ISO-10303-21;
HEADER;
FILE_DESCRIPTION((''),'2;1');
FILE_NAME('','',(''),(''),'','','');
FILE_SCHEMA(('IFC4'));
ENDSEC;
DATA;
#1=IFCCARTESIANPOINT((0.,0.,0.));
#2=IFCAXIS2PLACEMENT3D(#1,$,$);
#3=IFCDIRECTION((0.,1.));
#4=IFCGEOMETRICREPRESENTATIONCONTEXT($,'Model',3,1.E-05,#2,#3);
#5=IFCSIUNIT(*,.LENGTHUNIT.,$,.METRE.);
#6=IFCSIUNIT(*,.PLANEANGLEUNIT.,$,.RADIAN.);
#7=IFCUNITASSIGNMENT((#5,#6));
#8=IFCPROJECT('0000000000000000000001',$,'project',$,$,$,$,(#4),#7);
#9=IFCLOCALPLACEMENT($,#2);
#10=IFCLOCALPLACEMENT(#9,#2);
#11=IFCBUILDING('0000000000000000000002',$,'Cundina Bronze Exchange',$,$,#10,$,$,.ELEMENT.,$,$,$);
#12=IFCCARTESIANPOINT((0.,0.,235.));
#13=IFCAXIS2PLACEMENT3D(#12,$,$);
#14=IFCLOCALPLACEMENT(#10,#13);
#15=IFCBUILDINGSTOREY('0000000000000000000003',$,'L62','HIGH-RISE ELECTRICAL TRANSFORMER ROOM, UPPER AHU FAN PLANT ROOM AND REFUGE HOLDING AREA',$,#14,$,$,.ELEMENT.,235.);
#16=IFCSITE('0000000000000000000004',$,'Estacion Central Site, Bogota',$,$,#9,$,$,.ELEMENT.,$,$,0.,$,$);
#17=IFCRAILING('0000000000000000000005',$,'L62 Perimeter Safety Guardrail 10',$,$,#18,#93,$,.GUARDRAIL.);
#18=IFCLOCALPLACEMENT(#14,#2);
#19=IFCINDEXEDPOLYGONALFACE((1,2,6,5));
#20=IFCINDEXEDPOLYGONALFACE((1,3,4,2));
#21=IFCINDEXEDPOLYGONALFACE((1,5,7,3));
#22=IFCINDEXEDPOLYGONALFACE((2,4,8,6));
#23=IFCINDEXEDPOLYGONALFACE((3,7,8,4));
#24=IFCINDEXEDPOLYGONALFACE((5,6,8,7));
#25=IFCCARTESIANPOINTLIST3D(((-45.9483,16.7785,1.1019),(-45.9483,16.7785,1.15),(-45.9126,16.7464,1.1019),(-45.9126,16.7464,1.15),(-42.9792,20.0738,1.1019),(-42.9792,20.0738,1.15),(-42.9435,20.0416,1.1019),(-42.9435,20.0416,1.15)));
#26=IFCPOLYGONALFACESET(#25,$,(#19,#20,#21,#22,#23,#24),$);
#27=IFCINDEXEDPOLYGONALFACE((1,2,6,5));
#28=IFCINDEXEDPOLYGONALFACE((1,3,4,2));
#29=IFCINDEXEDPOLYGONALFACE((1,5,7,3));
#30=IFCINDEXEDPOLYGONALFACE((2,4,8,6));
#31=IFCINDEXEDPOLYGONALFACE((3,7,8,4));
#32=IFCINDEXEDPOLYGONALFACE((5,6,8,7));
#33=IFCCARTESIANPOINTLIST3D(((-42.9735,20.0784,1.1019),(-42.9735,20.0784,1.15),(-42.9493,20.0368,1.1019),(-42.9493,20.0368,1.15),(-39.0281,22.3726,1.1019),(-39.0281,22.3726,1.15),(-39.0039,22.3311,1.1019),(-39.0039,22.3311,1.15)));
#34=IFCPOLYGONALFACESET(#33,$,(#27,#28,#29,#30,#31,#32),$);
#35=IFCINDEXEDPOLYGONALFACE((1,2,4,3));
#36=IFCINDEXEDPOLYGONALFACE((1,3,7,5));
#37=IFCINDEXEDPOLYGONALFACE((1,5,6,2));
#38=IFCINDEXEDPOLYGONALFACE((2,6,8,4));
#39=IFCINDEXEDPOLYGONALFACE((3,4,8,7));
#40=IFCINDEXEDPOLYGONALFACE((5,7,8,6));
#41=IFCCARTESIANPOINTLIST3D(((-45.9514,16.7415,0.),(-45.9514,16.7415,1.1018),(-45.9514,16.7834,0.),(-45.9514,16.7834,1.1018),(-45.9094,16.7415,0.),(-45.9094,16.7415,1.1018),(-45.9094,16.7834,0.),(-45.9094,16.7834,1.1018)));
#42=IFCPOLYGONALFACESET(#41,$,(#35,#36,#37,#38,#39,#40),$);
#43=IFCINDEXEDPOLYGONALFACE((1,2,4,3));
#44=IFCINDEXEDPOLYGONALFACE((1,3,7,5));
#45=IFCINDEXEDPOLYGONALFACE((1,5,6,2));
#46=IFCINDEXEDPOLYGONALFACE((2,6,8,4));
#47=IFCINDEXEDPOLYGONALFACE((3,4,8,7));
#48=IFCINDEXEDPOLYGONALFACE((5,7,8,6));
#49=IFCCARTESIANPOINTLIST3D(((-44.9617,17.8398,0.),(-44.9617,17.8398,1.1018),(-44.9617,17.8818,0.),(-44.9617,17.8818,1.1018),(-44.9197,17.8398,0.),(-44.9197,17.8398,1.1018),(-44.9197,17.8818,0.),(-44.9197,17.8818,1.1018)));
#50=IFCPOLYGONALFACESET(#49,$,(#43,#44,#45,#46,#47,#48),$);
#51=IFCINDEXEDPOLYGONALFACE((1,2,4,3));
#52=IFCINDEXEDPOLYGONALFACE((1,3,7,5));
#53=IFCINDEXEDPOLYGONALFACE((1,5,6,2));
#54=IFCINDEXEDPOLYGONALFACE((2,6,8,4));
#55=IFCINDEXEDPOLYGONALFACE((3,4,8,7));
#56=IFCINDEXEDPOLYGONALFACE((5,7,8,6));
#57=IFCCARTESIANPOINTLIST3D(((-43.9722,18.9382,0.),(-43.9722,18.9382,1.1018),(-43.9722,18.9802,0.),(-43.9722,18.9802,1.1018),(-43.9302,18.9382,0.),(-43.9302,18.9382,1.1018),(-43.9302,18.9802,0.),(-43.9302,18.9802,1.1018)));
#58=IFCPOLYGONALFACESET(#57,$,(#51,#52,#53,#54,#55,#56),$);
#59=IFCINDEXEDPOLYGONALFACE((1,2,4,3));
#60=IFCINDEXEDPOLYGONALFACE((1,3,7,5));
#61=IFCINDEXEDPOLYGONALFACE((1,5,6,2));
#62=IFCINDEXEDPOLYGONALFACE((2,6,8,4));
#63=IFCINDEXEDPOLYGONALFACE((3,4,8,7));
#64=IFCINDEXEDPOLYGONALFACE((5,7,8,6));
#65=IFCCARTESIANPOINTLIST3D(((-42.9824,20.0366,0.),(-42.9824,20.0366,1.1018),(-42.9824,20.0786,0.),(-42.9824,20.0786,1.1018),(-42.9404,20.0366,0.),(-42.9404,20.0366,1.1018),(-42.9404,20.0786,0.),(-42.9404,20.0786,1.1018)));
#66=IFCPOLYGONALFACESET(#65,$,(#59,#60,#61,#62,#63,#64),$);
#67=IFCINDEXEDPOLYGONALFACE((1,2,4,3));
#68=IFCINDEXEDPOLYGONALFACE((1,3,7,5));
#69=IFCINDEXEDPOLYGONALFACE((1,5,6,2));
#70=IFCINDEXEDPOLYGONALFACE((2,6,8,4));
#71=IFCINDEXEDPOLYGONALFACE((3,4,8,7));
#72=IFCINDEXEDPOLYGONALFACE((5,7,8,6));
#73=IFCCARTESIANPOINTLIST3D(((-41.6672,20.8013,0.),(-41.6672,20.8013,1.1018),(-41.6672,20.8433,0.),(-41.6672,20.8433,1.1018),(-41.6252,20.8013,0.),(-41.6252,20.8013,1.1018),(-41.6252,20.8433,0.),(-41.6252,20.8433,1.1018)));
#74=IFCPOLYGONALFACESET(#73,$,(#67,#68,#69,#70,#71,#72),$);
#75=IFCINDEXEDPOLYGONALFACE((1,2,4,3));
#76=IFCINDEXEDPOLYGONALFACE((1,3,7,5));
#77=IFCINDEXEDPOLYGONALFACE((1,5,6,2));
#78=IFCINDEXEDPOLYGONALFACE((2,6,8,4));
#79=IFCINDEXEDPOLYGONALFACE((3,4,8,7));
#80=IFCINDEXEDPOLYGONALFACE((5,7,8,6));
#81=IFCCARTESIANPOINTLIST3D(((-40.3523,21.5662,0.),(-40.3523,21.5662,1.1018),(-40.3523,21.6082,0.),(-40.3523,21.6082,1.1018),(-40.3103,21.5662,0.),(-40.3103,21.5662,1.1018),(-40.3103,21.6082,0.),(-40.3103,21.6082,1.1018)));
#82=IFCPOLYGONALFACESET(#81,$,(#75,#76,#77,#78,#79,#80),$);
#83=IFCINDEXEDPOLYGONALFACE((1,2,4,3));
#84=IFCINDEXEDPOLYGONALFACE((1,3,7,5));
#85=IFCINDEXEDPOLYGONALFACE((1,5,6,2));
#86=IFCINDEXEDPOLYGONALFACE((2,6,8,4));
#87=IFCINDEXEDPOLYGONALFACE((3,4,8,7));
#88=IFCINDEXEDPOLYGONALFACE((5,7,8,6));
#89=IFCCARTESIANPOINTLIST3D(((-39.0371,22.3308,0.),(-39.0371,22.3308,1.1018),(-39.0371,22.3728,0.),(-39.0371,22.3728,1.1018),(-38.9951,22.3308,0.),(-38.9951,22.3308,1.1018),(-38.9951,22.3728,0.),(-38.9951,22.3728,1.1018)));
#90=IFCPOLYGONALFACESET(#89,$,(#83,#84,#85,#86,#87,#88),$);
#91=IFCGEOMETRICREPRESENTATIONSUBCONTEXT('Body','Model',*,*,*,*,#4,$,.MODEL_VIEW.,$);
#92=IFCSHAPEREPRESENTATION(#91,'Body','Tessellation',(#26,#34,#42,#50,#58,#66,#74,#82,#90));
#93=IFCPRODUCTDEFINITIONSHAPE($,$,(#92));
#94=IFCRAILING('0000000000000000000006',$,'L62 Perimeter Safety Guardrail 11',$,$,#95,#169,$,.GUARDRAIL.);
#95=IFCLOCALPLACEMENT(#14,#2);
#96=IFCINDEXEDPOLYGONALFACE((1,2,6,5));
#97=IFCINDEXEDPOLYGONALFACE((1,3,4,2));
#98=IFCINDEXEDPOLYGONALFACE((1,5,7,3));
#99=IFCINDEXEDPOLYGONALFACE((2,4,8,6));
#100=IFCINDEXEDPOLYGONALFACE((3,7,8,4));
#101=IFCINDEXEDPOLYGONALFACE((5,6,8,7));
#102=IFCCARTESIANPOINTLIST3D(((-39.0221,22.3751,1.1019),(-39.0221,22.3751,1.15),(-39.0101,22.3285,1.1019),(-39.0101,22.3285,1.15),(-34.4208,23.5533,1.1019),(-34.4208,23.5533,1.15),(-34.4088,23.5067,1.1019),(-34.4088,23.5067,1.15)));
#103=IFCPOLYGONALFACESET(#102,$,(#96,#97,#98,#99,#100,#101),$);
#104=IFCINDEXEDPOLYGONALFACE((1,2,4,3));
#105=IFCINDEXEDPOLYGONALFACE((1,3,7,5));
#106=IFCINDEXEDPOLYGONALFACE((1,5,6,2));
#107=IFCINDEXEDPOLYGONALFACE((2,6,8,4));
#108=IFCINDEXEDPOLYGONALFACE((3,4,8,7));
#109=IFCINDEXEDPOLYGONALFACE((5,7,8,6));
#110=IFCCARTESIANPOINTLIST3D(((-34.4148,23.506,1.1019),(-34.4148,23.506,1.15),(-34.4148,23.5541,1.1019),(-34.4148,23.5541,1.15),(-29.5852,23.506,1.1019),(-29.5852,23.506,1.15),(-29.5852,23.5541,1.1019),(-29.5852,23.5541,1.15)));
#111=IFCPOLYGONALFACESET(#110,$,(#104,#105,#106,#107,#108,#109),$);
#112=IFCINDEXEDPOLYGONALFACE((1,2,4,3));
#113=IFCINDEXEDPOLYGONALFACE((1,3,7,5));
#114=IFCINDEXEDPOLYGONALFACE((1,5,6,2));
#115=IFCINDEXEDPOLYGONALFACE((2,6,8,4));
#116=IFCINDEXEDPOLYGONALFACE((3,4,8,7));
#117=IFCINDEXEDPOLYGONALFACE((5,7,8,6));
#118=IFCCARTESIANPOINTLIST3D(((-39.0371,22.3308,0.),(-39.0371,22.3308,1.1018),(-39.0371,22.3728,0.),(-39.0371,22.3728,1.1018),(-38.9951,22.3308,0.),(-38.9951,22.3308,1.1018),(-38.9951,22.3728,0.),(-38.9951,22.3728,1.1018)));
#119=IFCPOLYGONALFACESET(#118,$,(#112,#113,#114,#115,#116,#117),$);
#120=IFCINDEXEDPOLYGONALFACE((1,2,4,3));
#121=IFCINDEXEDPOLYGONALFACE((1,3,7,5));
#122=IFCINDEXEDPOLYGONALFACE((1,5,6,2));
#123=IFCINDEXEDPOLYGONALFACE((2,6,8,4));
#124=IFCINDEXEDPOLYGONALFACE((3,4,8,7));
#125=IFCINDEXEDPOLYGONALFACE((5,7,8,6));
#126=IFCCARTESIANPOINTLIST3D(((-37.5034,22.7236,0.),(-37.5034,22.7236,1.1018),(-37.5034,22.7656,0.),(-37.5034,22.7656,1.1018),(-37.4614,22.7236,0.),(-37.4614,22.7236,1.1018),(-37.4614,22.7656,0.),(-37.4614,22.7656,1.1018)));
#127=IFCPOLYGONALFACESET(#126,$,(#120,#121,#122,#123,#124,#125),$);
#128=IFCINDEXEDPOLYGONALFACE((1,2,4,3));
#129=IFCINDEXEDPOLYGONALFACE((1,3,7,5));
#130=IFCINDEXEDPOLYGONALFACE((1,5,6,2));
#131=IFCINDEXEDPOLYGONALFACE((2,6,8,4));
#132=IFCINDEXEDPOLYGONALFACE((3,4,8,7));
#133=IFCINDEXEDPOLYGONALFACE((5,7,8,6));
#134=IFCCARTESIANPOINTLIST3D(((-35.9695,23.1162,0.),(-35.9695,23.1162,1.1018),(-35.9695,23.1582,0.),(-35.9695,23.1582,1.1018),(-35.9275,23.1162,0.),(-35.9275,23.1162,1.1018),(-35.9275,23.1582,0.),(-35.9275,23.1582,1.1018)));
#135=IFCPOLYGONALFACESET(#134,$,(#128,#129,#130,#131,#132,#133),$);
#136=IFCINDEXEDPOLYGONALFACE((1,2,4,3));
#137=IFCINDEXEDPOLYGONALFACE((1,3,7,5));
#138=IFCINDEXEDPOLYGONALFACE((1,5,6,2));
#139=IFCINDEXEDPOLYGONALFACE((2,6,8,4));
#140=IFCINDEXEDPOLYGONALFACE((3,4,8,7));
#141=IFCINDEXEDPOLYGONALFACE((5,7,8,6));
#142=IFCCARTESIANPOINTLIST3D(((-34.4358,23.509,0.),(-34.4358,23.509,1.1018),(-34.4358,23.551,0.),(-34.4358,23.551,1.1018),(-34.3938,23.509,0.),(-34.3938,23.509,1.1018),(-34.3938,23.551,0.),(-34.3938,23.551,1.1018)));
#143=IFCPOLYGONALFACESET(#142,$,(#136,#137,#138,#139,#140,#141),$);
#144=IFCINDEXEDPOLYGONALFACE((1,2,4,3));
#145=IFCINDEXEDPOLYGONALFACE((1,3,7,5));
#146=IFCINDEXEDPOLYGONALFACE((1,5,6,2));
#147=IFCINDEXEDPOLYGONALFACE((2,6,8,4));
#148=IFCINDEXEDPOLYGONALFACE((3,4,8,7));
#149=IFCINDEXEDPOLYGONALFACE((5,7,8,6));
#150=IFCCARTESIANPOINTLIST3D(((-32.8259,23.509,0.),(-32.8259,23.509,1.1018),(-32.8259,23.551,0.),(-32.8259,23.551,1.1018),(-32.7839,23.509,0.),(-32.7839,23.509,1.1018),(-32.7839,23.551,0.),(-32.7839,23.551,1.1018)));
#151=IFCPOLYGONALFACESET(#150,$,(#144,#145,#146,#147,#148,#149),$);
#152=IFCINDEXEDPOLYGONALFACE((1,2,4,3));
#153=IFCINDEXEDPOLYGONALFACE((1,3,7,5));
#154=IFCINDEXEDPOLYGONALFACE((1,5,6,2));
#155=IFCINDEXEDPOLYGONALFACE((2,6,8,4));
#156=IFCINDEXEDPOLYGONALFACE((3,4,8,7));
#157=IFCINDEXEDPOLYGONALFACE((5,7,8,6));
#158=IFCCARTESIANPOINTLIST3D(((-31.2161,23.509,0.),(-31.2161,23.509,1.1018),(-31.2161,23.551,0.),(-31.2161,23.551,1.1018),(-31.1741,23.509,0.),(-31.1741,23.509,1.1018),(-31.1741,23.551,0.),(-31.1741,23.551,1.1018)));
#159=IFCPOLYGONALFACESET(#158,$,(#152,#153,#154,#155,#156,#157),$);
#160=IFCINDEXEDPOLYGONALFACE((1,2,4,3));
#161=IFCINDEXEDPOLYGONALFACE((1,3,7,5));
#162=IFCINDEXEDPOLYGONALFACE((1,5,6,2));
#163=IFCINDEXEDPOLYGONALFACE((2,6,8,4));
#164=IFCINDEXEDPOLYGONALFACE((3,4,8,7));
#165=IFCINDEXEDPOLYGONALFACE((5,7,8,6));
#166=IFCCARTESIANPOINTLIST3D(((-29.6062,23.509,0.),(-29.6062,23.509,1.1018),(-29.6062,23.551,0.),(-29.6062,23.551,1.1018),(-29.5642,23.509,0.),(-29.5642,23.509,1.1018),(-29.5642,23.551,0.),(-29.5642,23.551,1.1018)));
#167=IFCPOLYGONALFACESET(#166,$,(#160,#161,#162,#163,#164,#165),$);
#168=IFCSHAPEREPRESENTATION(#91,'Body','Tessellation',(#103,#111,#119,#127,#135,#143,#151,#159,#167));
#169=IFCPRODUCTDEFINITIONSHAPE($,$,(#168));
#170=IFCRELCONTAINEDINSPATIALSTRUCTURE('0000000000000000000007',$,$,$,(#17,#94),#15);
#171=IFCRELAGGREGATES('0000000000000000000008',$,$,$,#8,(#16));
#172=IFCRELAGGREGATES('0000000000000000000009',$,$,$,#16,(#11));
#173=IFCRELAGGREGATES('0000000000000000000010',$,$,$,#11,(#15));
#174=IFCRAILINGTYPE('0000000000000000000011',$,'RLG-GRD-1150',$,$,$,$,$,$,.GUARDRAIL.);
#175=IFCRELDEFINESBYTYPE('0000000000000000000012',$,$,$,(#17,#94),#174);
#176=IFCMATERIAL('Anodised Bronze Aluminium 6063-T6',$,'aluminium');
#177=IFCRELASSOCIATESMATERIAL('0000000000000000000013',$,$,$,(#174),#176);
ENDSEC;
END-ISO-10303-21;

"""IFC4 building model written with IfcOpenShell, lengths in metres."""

from ifc_helpers import new_model, si_unit, direction, frame, origin, origin_2d, place, context, subcontext, project, spatial, rectangle, extrude, material, type_object, element, save


model = new_model("IFC4")

# Units and contexts
model_context = context("Model", 3, precision=1e-05, world=origin(), true_north=direction((0.0, 1.0)))
body_context = subcontext(model_context, "Body", "Model", "MODEL_VIEW")
ifc_project = project(units=[si_unit("LENGTHUNIT", "METRE"), si_unit("PLANEANGLEUNIT", "RADIAN")], contexts=[model_context])

# Site, building, storey
site_placement = place(None, origin())
site = spatial("IfcSite", under=ifc_project, at=site_placement, Name="Estacion Central Site, Bogota", CompositionType="ELEMENT", RefElevation=0.0)
building_placement = place(site_placement, origin())
building = spatial("IfcBuilding", under=site, at=building_placement, Name="Cundina Bronze Exchange", CompositionType="ELEMENT")
storey_placement = place(building_placement, frame((0.0, 0.0, 235.0)))
storey = spatial("IfcBuildingStorey", under=building, at=storey_placement, Name="L62", Description="HIGH-RISE ELECTRICAL TRANSFORMER ROOM, UPPER AHU FAN PLANT ROOM AND REFUGE HOLDING AREA", CompositionType="ELEMENT", Elevation=235.0)

# Railings
ifc_material_1 = material(Name="Anodised Bronze Aluminium 6063-T6", Category="aluminium")
railing_type = type_object("IfcRailingType", Name="RLG-GRD-1150", PredefinedType="GUARDRAIL", material=ifc_material_1)
railing_1_placement = place(storey_placement, frame((-45.9304, 16.7625, 0.0)))
element("IfcRailing", 1, at=railing_1_placement, inside=storey, type_object=railing_type, Name="L62 Perimeter Safety Guardrail 10", PredefinedType="GUARDRAIL", context=body_context, shape_type="SweptSolid", body=[
    extrude(rectangle(XDim=0.0481, YDim=0.0481, at=origin_2d()), frame((0.0, 0.0, 1.126), z_axis=(0.669381, 0.742919, 0.0), x_axis=(-0.742919, 0.669381, 0.0)), (0.0, 0.0, 1.0), 4.4355),
    extrude(rectangle(XDim=0.0481, YDim=0.0481, at=origin_2d()), frame((2.969, 3.2952, 1.126), z_axis=(0.864469, 0.502686, 0.0), x_axis=(-0.502686, 0.864469, 0.0)), (0.0, 0.0, 1.0), 4.564),
    extrude(rectangle(XDim=0.042, YDim=0.042, at=origin_2d()), origin(), (0.0, 0.0, 1.0), 1.1018),
    extrude(rectangle(XDim=0.042, YDim=0.042, at=origin_2d()), frame((0.9897, 1.0984, 0.0)), (0.0, 0.0, 1.0), 1.1018),
    extrude(rectangle(XDim=0.042, YDim=0.042, at=origin_2d()), frame((1.9792, 2.1968, 0.0)), (0.0, 0.0, 1.0), 1.1018),
    extrude(rectangle(XDim=0.042, YDim=0.042, at=origin_2d()), frame((2.969, 3.2952, 0.0)), (0.0, 0.0, 1.0), 1.1018),
    extrude(rectangle(XDim=0.042, YDim=0.042, at=origin_2d()), frame((4.2842, 4.0598, 0.0)), (0.0, 0.0, 1.0), 1.1018),
    extrude(rectangle(XDim=0.042, YDim=0.042, at=origin_2d()), frame((5.5991, 4.8247, 0.0)), (0.0, 0.0, 1.0), 1.1018),
    extrude(rectangle(XDim=0.042, YDim=0.042, at=origin_2d()), frame((6.9143, 5.5894, 0.0)), (0.0, 0.0, 1.0), 1.1018),
])
railing_2_placement = place(storey_placement, frame((-39.0161, 22.3518, 0.0)))
element("IfcRailing", 2, at=railing_2_placement, inside=storey, type_object=railing_type, Name="L62 Perimeter Safety Guardrail 11", PredefinedType="GUARDRAIL", context=body_context, shape_type="SweptSolid", body=[
    extrude(rectangle(XDim=0.0481, YDim=0.0481, at=origin_2d()), frame((0.0, 0.0, 1.126), z_axis=(0.968745, 0.248059, 0.0), x_axis=(-0.248059, 0.968745, 0.0)), (0.0, 0.0, 1.0), 4.7498),
    extrude(rectangle(XDim=0.0481, YDim=0.0481, at=origin_2d()), frame((4.6013, 1.1782, 1.126), z_axis=(1.0, 0.0, 0.0), x_axis=(0.0, 1.0, 0.0)), (0.0, 0.0, 1.0), 4.8296),
    extrude(rectangle(XDim=0.042, YDim=0.042, at=origin_2d()), origin(), (0.0, 0.0, 1.0), 1.1018),
    extrude(rectangle(XDim=0.042, YDim=0.042, at=origin_2d()), frame((1.5337, 0.3928, 0.0)), (0.0, 0.0, 1.0), 1.1018),
    extrude(rectangle(XDim=0.042, YDim=0.042, at=origin_2d()), frame((3.0676, 0.7854, 0.0)), (0.0, 0.0, 1.0), 1.1018),
    extrude(rectangle(XDim=0.042, YDim=0.042, at=origin_2d()), frame((4.6013, 1.1782, 0.0)), (0.0, 0.0, 1.0), 1.1018),
    extrude(rectangle(XDim=0.042, YDim=0.042, at=origin_2d()), frame((6.2112, 1.1782, 0.0)), (0.0, 0.0, 1.0), 1.1018),
    extrude(rectangle(XDim=0.042, YDim=0.042, at=origin_2d()), frame((7.821, 1.1782, 0.0)), (0.0, 0.0, 1.0), 1.1018),
    extrude(rectangle(XDim=0.042, YDim=0.042, at=origin_2d()), frame((9.4309, 1.1782, 0.0)), (0.0, 0.0, 1.0), 1.1018),
])

save(model, "model.ifc")
